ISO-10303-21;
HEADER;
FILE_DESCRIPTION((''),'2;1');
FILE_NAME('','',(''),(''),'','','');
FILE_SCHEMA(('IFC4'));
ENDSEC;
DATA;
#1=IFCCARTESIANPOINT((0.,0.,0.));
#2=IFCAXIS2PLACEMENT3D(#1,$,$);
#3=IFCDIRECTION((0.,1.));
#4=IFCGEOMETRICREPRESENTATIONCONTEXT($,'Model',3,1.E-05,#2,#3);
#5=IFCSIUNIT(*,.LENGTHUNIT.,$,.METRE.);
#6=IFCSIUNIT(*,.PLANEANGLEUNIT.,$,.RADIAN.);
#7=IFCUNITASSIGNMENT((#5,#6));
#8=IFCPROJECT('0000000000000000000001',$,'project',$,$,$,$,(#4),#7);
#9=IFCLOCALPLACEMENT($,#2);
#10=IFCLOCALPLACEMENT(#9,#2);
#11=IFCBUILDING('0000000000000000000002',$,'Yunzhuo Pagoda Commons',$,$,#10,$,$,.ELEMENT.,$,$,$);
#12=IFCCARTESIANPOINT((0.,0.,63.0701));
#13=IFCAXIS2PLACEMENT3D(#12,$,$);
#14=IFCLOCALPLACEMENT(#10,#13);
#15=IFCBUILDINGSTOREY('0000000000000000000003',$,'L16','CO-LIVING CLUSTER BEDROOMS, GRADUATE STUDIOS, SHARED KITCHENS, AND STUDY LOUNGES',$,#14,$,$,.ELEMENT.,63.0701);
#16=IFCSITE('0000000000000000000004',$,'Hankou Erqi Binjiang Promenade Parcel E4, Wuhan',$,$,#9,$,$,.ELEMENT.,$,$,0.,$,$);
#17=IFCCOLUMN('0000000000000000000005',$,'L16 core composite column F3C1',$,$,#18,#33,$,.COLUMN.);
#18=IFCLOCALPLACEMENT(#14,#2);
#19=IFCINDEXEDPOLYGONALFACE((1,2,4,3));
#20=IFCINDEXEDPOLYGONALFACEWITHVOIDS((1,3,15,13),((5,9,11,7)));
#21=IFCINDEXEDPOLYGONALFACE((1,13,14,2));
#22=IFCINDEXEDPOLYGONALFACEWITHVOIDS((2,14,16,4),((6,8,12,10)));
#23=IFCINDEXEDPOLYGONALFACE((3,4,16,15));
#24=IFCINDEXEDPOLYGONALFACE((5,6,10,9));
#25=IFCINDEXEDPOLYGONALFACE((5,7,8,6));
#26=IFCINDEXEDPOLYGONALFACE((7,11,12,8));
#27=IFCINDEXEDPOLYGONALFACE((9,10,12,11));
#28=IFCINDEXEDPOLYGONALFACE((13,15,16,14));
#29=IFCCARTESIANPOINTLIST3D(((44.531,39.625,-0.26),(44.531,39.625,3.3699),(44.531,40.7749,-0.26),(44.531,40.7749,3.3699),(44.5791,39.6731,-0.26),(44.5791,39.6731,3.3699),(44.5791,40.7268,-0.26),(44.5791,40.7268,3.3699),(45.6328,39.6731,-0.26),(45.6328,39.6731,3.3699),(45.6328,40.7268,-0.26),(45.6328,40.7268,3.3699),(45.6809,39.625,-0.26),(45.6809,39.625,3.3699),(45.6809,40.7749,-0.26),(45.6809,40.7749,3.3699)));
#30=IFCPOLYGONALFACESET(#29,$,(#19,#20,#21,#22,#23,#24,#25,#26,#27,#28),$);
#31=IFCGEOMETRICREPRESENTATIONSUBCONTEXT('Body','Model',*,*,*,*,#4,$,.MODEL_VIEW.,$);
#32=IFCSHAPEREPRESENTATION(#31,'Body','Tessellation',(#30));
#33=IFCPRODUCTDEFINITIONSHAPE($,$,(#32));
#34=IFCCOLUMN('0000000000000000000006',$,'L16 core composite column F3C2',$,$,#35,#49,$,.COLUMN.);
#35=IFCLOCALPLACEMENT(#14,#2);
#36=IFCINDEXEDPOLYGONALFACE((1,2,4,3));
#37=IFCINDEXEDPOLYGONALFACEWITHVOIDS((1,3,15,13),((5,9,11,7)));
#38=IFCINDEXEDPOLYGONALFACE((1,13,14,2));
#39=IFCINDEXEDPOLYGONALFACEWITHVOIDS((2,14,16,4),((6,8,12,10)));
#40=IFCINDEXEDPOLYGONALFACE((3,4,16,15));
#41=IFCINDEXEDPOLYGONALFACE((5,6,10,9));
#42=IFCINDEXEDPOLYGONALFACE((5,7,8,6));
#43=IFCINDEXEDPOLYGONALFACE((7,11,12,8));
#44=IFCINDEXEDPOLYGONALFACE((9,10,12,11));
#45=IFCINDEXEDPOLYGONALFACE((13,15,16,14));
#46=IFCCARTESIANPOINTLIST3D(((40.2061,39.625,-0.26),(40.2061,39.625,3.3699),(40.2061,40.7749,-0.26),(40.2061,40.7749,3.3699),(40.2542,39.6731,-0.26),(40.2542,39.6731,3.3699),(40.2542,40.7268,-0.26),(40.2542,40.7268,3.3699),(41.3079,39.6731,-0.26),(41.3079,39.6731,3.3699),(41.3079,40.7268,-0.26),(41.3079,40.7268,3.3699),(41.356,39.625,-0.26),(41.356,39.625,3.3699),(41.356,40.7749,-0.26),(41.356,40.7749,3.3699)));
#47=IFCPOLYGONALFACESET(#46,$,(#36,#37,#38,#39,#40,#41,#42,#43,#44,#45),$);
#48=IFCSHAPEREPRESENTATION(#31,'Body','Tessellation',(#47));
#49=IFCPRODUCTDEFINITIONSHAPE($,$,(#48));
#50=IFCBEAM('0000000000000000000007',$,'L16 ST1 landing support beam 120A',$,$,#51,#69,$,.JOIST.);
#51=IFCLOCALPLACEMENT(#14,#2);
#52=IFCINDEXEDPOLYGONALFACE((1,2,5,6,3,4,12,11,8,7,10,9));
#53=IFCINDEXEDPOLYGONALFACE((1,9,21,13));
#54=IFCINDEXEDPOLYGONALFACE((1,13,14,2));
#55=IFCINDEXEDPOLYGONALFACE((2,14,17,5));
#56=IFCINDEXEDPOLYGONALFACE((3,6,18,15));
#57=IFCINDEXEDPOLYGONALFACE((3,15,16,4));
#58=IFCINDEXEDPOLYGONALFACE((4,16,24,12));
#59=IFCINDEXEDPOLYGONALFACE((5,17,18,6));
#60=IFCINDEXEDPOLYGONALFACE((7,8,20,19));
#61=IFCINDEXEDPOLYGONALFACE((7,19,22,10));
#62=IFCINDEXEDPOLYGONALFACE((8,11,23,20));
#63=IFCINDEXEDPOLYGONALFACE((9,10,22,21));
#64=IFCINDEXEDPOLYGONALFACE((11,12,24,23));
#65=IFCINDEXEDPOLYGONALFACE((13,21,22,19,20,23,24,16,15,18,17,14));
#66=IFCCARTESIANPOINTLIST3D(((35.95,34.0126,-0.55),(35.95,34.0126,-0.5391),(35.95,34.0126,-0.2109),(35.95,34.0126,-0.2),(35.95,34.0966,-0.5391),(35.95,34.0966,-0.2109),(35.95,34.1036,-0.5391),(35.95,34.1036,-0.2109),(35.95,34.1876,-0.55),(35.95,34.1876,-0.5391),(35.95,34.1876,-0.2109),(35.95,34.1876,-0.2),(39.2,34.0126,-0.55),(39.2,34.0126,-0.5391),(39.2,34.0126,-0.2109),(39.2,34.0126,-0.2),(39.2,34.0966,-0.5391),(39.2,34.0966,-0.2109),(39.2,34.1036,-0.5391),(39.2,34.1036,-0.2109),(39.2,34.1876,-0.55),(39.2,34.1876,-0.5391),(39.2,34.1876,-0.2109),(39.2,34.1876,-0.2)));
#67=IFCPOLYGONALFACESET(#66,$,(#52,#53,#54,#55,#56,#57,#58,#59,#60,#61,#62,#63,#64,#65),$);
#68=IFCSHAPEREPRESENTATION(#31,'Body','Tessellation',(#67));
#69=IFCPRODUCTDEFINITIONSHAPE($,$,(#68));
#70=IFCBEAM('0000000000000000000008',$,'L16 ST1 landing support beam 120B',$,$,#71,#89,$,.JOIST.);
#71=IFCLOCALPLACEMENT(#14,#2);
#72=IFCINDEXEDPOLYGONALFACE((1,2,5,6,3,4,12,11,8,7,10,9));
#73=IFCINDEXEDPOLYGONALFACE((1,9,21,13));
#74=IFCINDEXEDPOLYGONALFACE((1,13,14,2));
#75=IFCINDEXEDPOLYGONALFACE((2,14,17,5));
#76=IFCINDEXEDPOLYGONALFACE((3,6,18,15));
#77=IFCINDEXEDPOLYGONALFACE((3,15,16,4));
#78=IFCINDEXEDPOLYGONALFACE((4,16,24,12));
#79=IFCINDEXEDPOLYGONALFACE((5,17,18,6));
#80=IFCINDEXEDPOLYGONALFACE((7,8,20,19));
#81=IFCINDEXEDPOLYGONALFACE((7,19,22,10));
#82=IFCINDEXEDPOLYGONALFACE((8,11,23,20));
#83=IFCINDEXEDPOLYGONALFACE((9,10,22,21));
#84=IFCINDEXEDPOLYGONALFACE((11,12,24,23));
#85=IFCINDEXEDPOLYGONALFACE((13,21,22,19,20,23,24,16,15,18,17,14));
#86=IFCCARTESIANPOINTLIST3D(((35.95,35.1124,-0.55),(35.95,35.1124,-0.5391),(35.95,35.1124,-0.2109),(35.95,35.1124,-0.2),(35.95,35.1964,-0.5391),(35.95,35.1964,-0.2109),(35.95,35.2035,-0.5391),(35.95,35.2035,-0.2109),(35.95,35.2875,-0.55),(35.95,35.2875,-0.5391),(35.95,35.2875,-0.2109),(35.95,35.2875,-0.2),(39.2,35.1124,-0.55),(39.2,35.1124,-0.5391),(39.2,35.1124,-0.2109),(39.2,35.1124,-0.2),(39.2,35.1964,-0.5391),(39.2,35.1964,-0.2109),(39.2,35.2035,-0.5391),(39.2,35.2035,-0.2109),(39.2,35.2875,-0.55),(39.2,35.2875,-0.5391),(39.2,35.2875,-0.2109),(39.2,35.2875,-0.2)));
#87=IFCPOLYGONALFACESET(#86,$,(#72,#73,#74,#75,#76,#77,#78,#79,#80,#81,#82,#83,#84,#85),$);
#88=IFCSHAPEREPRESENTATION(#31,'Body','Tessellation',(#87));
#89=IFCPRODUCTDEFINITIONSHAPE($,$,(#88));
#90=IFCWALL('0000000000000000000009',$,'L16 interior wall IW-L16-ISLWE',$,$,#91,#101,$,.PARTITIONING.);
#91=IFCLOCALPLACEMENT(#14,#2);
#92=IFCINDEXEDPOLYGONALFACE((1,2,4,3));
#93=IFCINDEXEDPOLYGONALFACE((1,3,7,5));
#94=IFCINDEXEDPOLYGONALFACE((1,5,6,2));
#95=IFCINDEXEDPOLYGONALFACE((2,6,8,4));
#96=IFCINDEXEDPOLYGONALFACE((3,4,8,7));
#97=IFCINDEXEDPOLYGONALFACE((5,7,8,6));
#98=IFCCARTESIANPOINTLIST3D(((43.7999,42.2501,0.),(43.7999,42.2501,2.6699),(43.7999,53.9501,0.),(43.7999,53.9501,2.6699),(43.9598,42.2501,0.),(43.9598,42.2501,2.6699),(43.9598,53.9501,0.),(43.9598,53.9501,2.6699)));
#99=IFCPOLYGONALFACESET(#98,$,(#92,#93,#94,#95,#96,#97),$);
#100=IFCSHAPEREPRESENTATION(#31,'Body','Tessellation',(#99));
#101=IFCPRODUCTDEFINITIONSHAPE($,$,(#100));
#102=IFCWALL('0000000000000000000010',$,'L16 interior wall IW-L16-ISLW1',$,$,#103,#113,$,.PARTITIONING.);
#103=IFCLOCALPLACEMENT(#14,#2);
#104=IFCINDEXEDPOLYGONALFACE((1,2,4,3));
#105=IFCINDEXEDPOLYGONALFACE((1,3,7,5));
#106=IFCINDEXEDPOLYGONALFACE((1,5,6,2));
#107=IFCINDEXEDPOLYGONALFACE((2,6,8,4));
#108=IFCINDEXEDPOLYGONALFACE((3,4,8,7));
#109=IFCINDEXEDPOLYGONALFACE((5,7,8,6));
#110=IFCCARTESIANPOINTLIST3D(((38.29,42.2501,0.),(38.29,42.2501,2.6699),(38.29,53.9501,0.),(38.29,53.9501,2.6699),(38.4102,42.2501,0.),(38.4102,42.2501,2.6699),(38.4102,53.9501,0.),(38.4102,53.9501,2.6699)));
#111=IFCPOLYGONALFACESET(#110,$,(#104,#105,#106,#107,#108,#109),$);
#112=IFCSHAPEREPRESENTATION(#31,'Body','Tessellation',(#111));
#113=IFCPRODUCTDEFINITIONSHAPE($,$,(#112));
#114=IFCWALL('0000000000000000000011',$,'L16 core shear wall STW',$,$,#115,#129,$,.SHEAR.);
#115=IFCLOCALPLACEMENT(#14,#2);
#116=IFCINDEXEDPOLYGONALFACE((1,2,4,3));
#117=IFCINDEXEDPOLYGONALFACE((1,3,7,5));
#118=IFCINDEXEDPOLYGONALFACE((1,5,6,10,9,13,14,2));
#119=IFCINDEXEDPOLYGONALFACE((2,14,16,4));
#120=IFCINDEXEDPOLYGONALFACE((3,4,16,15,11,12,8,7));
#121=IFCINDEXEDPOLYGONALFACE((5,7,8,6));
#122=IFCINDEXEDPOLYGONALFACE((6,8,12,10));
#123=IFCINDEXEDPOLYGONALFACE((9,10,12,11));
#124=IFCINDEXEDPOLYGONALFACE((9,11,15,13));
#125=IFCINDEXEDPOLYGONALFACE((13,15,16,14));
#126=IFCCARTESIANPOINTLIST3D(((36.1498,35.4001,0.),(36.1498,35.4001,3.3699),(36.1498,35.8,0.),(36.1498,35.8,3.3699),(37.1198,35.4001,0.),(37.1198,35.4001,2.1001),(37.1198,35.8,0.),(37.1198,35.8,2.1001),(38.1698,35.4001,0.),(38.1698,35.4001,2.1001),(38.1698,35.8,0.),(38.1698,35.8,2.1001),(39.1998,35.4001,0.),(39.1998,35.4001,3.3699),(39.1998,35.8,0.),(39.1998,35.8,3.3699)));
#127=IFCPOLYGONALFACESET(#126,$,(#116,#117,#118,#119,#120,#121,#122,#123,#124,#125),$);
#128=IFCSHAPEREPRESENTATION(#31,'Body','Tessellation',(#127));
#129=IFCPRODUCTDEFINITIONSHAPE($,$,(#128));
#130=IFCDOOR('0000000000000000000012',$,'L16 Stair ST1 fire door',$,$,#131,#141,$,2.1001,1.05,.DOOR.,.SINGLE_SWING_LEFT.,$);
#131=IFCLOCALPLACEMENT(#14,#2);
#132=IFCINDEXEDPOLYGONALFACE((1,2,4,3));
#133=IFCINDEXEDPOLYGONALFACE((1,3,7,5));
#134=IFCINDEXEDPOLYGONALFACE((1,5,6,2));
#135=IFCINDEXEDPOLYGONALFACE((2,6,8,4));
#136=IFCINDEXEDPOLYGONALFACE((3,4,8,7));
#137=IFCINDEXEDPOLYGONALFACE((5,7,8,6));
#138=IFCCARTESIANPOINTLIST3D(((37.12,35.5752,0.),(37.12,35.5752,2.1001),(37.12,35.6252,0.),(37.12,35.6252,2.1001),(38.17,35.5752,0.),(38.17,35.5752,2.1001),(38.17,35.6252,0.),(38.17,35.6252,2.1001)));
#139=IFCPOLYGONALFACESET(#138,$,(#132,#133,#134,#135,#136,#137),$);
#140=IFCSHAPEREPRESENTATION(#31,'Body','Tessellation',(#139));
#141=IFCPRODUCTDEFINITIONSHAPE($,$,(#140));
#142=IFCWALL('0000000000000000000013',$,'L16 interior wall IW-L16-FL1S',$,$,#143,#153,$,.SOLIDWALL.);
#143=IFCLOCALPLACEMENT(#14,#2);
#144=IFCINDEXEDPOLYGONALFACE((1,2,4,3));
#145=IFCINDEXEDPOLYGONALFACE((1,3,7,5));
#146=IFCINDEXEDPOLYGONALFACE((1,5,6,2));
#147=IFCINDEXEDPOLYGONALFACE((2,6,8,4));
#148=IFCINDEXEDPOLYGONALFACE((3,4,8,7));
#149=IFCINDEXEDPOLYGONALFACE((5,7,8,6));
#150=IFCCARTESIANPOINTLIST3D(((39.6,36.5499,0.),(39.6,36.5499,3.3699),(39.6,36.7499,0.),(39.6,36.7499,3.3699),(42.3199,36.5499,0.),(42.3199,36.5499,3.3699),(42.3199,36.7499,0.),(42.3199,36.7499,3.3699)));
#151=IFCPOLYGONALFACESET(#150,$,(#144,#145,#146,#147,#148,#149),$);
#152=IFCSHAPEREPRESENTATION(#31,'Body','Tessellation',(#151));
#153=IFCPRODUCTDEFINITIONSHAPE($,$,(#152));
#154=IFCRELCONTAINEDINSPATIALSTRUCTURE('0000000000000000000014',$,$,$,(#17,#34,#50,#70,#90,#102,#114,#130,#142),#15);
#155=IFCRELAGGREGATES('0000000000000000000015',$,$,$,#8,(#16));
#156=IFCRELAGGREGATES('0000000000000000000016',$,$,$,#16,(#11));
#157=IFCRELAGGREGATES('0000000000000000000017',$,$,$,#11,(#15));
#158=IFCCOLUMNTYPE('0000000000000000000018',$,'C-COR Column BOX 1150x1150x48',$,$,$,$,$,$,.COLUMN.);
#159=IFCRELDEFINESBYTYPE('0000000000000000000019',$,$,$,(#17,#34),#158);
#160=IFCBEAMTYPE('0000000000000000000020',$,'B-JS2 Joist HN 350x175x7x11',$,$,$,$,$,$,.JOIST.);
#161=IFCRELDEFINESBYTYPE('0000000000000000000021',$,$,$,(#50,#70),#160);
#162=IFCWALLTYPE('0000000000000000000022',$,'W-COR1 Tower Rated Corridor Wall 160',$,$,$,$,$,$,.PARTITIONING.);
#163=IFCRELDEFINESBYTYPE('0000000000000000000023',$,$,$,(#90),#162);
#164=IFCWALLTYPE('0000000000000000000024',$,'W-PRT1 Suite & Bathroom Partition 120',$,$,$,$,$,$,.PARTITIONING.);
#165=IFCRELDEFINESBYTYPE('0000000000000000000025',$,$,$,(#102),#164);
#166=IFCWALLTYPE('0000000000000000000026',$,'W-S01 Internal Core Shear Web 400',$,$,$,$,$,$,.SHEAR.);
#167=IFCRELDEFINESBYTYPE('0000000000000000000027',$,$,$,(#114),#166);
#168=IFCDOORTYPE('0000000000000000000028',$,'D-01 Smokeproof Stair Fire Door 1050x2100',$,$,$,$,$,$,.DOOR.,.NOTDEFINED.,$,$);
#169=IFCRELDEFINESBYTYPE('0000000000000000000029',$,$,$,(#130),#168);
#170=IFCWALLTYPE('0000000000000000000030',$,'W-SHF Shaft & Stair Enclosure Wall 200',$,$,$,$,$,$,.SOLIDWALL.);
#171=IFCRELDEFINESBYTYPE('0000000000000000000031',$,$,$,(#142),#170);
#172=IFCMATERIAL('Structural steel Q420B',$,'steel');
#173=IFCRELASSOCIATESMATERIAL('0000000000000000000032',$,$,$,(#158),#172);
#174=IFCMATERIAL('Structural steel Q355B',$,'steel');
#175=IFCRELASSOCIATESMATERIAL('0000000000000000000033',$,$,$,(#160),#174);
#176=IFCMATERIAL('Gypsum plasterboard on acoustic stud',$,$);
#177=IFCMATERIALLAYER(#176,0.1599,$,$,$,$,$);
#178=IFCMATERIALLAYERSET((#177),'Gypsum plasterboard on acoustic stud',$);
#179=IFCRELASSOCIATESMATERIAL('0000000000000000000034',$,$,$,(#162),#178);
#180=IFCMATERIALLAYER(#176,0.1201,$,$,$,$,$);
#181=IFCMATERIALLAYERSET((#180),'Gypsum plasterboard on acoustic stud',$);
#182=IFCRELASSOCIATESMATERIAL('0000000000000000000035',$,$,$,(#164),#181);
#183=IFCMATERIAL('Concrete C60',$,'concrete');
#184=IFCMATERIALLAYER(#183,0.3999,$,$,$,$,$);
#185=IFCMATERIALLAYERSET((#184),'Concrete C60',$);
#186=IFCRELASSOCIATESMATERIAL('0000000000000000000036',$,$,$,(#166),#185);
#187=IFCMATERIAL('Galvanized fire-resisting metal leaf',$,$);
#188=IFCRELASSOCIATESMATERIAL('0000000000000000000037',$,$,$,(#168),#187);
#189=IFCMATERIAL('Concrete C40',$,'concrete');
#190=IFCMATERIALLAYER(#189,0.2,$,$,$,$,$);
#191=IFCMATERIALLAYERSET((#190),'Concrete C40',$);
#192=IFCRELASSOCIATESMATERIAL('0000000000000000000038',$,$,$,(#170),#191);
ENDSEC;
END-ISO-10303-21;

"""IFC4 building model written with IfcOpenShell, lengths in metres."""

from ifc_helpers import new_model, si_unit, direction, frame, frame_2d, origin, origin_2d, place, context, subcontext, project, spatial, rectangle, hollow_rectangle, i_section, extrude, source, transform, mapped, material, layer, layer_set, material_profile, profile_set, type_object, element, fill, save


model = new_model("IFC4")

# Units and contexts
model_context = context("Model", 3, precision=1e-05, world=origin(), true_north=direction((0.0, 1.0)))
body_context = subcontext(model_context, "Body", "Model", "MODEL_VIEW")
ifc_project = project(units=[si_unit("LENGTHUNIT", "METRE"), si_unit("PLANEANGLEUNIT", "RADIAN")], contexts=[model_context])

# Site, building, storey
site_placement = place(None, origin())
site = spatial("IfcSite", under=ifc_project, at=site_placement, Name="Hankou Erqi Binjiang Promenade Parcel E4, Wuhan", CompositionType="ELEMENT", RefElevation=0.0)
building_placement = place(site_placement, origin())
building = spatial("IfcBuilding", under=site, at=building_placement, Name="Yunzhuo Pagoda Commons", CompositionType="ELEMENT")
storey_placement = place(building_placement, frame((0.0, 0.0, 63.0701)))
storey = spatial("IfcBuildingStorey", under=building, at=storey_placement, Name="L16", Description="CO-LIVING CLUSTER BEDROOMS, GRADUATE STUDIOS, SHARED KITCHENS, AND STUDY LOUNGES", CompositionType="ELEMENT", Elevation=63.0701)

# Columns
ifc_material_1 = material(Name="Structural steel Q420B", Category="steel")
ifc_material_profile_1 = material_profile(ifc_material_1, hollow_rectangle(XDim=1.1499, YDim=1.1499, WallThickness=0.0481, at=origin_2d()), Name="Structural steel Q420B")
ifc_profile_set_1 = profile_set([ifc_material_profile_1], Name="Structural steel Q420B")
column_type = type_object("IfcColumnType", Name="C-COR Column BOX 1150x1150x48", PredefinedType="COLUMN", material=ifc_profile_set_1)
shared_shape_1 = source(origin(), body_context, "Body", "SweptSolid", [
    extrude(hollow_rectangle(XDim=1.1499, YDim=1.1499, WallThickness=0.0481, at=origin_2d()), origin(), (0.0, 0.0, 1.0), 3.6299),
])
for number, where, z_axis, x_axis, name in (
    (1, (45.106, 40.2, -0.26), (0.0, 0.0, 1.0), (1.0, 0.0, 0.0), "L16 core composite column F3C1"),
    (2, (40.781, 40.2, -0.26), (0.0, 0.0, 1.0), (1.0, 0.0, 0.0), "L16 core composite column F3C2"),
):
    element("IfcColumn", number, at=place(storey_placement, frame(where, z_axis=z_axis, x_axis=x_axis)), inside=storey, type_object=column_type, Name=name, PredefinedType="COLUMN", context=body_context, shape_type="MappedRepresentation", body=[
        mapped(shared_shape_1, transform((0.0, 0.0, 0.0), scale=1.0)),
    ])

# Beams
ifc_material_2 = material(Name="Structural steel Q355B", Category="steel")
ifc_material_profile_2 = material_profile(ifc_material_2, i_section(OverallWidth=0.175, OverallDepth=0.3501, WebThickness=0.0071, FlangeThickness=0.011, at=origin_2d()), Name="Structural steel Q355B")
ifc_profile_set_2 = profile_set([ifc_material_profile_2], Name="Structural steel Q355B")
beam_type = type_object("IfcBeamType", Name="B-JS2 Joist HN 350x175x7x11", PredefinedType="JOIST", material=ifc_profile_set_2)
shared_shape_2 = source(origin(), body_context, "Body", "SweptSolid", [
    extrude(i_section(OverallWidth=0.175, OverallDepth=0.3501, WebThickness=0.0071, FlangeThickness=0.011, at=origin_2d()), origin(), (0.0, 0.0, 1.0), 3.25),
])
for number, where, z_axis, x_axis, name in (
    (3, (35.95, 34.1001, -0.375), (1.0, 0.0, 0.0), (0.0, 1.0, 0.0), "L16 ST1 landing support beam 120A"),
    (4, (35.95, 35.2, -0.375), (1.0, 0.0, 0.0), (0.0, 1.0, 0.0), "L16 ST1 landing support beam 120B"),
):
    element("IfcBeam", number, at=place(storey_placement, frame(where, z_axis=z_axis, x_axis=x_axis)), inside=storey, type_object=beam_type, Name=name, PredefinedType="JOIST", context=body_context, shape_type="MappedRepresentation", body=[
        mapped(shared_shape_2, transform((0.0, 0.0, 0.0), scale=1.0)),
    ])

# Walls
ifc_material_3 = material(Name="Gypsum plasterboard on acoustic stud")
ifc_layer_1 = layer(ifc_material_3, 0.1599)
ifc_layer_set_1 = layer_set([ifc_layer_1], Name="Gypsum plasterboard on acoustic stud")
wall_type_1 = type_object("IfcWallType", Name="W-COR1 Tower Rated Corridor Wall 160", PredefinedType="PARTITIONING", material=ifc_layer_set_1)
wall_1_placement = place(storey_placement, frame((43.8799, 42.25, 0.0), z_axis=(0.0, 0.0, 1.0), x_axis=(0.0, 1.0, 0.0)))
element("IfcWall", 5, at=wall_1_placement, inside=storey, type_object=wall_type_1, Name="L16 interior wall IW-L16-ISLWE", PredefinedType="PARTITIONING", context=body_context, shape_type="SweptSolid", body=[
    extrude(rectangle(XDim=11.7, YDim=0.1599, at=frame_2d((5.8501, 0.0))), origin(), (0.0, 0.0, 1.0), 2.6699),
])
ifc_layer_2 = layer(ifc_material_3, 0.1201)
ifc_layer_set_2 = layer_set([ifc_layer_2], Name="Gypsum plasterboard on acoustic stud")
wall_type_2 = type_object("IfcWallType", Name="W-PRT1 Suite & Bathroom Partition 120", PredefinedType="PARTITIONING", material=ifc_layer_set_2)
wall_2_placement = place(storey_placement, frame((38.3501, 42.25, 0.0), z_axis=(0.0, 0.0, 1.0), x_axis=(0.0, 1.0, 0.0)))
element("IfcWall", 6, at=wall_2_placement, inside=storey, type_object=wall_type_2, Name="L16 interior wall IW-L16-ISLW1", PredefinedType="PARTITIONING", context=body_context, shape_type="SweptSolid", body=[
    extrude(rectangle(XDim=11.7, YDim=0.1201, at=frame_2d((5.8501, 0.0))), origin(), (0.0, 0.0, 1.0), 2.6699),
])

# Wall, opening, door
ifc_material_4 = material(Name="Concrete C60", Category="concrete")
ifc_layer_3 = layer(ifc_material_4, 0.3999)
ifc_layer_set_3 = layer_set([ifc_layer_3], Name="Concrete C60")
wall_type_3 = type_object("IfcWallType", Name="W-S01 Internal Core Shear Web 400", PredefinedType="SHEAR", material=ifc_layer_set_3)
wall_3_placement = place(storey_placement, frame((36.1499, 35.6001, 0.0), z_axis=(0.0, 0.0, 1.0), x_axis=(1.0, 0.0, 0.0)))
wall_3 = element("IfcWall", 7, at=wall_3_placement, inside=storey, type_object=wall_type_3, Name="L16 core shear wall STW", PredefinedType="SHEAR", context=body_context, shape_type="SweptSolid", body=[
    extrude(rectangle(XDim=3.05, YDim=0.3999, at=frame_2d((1.5249, 0.0))), origin(), (0.0, 0.0, 1.0), 3.3699),
])
opening_1_placement = place(wall_3_placement, frame((0.97, 0.0, 0.0)))
opening_1 = element("IfcOpeningElement", 8, at=opening_1_placement, cuts=wall_3, PredefinedType="OPENING", context=body_context, shape_type="SweptSolid", body=[
    extrude(rectangle(XDim=1.05, YDim=2.1001, at=frame_2d((0.5249, 1.05))), frame((0.0, 0.21, 0.0), z_axis=(0.0, -1.0, 0.0), x_axis=(1.0, 0.0, 0.0)), (0.0, 0.0, 1.0), 0.4199),
])
ifc_material_5 = material(Name="Galvanized fire-resisting metal leaf")
door_type_1 = type_object("IfcDoorType", Name="D-01 Smokeproof Stair Fire Door 1050x2100", OperationType="NOTDEFINED", PredefinedType="DOOR", material=ifc_material_5)
shared_shape_3 = source(origin(), body_context, "Body", "SweptSolid", [
    extrude(rectangle(XDim=1.05, YDim=2.1001, at=frame_2d((0.5249, 1.05))), frame((0.0, 0.0249, 0.0), z_axis=(0.0, -1.0, 0.0), x_axis=(1.0, 0.0, 0.0)), (0.0, 0.0, 1.0), 0.05),
])
door_1_placement = place(opening_1_placement, frame((1.05, 0.0, 0.0), z_axis=(0.0, 0.0, 1.0), x_axis=(-1.0, 0.0, 0.0)))
door_1 = element("IfcDoor", 9, at=door_1_placement, inside=storey, type_object=door_type_1, Name="L16 Stair ST1 fire door", OperationType="SINGLE_SWING_LEFT", OverallHeight=2.1001, OverallWidth=1.05, PredefinedType="DOOR", context=body_context, shape_type="MappedRepresentation", body=[
    mapped(shared_shape_3, transform((0.0, 0.0, 0.0), scale=1.0)),
])
fill(opening_1, door_1)

# Wall
ifc_material_6 = material(Name="Concrete C40", Category="concrete")
ifc_layer_4 = layer(ifc_material_6, 0.2)
ifc_layer_set_4 = layer_set([ifc_layer_4], Name="Concrete C40")
wall_type_4 = type_object("IfcWallType", Name="W-SHF Shaft & Stair Enclosure Wall 200", PredefinedType="SOLIDWALL", material=ifc_layer_set_4)
wall_4_placement = place(storey_placement, frame((39.6001, 36.6499, 0.0), z_axis=(0.0, 0.0, 1.0), x_axis=(1.0, 0.0, 0.0)))
element("IfcWall", 10, at=wall_4_placement, inside=storey, type_object=wall_type_4, Name="L16 interior wall IW-L16-FL1S", PredefinedType="SOLIDWALL", context=body_context, shape_type="SweptSolid", body=[
    extrude(rectangle(XDim=2.72, YDim=0.2, at=frame_2d((1.3599, 0.0))), origin(), (0.0, 0.0, 1.0), 3.3699),
])

save(model, "model.ifc")
